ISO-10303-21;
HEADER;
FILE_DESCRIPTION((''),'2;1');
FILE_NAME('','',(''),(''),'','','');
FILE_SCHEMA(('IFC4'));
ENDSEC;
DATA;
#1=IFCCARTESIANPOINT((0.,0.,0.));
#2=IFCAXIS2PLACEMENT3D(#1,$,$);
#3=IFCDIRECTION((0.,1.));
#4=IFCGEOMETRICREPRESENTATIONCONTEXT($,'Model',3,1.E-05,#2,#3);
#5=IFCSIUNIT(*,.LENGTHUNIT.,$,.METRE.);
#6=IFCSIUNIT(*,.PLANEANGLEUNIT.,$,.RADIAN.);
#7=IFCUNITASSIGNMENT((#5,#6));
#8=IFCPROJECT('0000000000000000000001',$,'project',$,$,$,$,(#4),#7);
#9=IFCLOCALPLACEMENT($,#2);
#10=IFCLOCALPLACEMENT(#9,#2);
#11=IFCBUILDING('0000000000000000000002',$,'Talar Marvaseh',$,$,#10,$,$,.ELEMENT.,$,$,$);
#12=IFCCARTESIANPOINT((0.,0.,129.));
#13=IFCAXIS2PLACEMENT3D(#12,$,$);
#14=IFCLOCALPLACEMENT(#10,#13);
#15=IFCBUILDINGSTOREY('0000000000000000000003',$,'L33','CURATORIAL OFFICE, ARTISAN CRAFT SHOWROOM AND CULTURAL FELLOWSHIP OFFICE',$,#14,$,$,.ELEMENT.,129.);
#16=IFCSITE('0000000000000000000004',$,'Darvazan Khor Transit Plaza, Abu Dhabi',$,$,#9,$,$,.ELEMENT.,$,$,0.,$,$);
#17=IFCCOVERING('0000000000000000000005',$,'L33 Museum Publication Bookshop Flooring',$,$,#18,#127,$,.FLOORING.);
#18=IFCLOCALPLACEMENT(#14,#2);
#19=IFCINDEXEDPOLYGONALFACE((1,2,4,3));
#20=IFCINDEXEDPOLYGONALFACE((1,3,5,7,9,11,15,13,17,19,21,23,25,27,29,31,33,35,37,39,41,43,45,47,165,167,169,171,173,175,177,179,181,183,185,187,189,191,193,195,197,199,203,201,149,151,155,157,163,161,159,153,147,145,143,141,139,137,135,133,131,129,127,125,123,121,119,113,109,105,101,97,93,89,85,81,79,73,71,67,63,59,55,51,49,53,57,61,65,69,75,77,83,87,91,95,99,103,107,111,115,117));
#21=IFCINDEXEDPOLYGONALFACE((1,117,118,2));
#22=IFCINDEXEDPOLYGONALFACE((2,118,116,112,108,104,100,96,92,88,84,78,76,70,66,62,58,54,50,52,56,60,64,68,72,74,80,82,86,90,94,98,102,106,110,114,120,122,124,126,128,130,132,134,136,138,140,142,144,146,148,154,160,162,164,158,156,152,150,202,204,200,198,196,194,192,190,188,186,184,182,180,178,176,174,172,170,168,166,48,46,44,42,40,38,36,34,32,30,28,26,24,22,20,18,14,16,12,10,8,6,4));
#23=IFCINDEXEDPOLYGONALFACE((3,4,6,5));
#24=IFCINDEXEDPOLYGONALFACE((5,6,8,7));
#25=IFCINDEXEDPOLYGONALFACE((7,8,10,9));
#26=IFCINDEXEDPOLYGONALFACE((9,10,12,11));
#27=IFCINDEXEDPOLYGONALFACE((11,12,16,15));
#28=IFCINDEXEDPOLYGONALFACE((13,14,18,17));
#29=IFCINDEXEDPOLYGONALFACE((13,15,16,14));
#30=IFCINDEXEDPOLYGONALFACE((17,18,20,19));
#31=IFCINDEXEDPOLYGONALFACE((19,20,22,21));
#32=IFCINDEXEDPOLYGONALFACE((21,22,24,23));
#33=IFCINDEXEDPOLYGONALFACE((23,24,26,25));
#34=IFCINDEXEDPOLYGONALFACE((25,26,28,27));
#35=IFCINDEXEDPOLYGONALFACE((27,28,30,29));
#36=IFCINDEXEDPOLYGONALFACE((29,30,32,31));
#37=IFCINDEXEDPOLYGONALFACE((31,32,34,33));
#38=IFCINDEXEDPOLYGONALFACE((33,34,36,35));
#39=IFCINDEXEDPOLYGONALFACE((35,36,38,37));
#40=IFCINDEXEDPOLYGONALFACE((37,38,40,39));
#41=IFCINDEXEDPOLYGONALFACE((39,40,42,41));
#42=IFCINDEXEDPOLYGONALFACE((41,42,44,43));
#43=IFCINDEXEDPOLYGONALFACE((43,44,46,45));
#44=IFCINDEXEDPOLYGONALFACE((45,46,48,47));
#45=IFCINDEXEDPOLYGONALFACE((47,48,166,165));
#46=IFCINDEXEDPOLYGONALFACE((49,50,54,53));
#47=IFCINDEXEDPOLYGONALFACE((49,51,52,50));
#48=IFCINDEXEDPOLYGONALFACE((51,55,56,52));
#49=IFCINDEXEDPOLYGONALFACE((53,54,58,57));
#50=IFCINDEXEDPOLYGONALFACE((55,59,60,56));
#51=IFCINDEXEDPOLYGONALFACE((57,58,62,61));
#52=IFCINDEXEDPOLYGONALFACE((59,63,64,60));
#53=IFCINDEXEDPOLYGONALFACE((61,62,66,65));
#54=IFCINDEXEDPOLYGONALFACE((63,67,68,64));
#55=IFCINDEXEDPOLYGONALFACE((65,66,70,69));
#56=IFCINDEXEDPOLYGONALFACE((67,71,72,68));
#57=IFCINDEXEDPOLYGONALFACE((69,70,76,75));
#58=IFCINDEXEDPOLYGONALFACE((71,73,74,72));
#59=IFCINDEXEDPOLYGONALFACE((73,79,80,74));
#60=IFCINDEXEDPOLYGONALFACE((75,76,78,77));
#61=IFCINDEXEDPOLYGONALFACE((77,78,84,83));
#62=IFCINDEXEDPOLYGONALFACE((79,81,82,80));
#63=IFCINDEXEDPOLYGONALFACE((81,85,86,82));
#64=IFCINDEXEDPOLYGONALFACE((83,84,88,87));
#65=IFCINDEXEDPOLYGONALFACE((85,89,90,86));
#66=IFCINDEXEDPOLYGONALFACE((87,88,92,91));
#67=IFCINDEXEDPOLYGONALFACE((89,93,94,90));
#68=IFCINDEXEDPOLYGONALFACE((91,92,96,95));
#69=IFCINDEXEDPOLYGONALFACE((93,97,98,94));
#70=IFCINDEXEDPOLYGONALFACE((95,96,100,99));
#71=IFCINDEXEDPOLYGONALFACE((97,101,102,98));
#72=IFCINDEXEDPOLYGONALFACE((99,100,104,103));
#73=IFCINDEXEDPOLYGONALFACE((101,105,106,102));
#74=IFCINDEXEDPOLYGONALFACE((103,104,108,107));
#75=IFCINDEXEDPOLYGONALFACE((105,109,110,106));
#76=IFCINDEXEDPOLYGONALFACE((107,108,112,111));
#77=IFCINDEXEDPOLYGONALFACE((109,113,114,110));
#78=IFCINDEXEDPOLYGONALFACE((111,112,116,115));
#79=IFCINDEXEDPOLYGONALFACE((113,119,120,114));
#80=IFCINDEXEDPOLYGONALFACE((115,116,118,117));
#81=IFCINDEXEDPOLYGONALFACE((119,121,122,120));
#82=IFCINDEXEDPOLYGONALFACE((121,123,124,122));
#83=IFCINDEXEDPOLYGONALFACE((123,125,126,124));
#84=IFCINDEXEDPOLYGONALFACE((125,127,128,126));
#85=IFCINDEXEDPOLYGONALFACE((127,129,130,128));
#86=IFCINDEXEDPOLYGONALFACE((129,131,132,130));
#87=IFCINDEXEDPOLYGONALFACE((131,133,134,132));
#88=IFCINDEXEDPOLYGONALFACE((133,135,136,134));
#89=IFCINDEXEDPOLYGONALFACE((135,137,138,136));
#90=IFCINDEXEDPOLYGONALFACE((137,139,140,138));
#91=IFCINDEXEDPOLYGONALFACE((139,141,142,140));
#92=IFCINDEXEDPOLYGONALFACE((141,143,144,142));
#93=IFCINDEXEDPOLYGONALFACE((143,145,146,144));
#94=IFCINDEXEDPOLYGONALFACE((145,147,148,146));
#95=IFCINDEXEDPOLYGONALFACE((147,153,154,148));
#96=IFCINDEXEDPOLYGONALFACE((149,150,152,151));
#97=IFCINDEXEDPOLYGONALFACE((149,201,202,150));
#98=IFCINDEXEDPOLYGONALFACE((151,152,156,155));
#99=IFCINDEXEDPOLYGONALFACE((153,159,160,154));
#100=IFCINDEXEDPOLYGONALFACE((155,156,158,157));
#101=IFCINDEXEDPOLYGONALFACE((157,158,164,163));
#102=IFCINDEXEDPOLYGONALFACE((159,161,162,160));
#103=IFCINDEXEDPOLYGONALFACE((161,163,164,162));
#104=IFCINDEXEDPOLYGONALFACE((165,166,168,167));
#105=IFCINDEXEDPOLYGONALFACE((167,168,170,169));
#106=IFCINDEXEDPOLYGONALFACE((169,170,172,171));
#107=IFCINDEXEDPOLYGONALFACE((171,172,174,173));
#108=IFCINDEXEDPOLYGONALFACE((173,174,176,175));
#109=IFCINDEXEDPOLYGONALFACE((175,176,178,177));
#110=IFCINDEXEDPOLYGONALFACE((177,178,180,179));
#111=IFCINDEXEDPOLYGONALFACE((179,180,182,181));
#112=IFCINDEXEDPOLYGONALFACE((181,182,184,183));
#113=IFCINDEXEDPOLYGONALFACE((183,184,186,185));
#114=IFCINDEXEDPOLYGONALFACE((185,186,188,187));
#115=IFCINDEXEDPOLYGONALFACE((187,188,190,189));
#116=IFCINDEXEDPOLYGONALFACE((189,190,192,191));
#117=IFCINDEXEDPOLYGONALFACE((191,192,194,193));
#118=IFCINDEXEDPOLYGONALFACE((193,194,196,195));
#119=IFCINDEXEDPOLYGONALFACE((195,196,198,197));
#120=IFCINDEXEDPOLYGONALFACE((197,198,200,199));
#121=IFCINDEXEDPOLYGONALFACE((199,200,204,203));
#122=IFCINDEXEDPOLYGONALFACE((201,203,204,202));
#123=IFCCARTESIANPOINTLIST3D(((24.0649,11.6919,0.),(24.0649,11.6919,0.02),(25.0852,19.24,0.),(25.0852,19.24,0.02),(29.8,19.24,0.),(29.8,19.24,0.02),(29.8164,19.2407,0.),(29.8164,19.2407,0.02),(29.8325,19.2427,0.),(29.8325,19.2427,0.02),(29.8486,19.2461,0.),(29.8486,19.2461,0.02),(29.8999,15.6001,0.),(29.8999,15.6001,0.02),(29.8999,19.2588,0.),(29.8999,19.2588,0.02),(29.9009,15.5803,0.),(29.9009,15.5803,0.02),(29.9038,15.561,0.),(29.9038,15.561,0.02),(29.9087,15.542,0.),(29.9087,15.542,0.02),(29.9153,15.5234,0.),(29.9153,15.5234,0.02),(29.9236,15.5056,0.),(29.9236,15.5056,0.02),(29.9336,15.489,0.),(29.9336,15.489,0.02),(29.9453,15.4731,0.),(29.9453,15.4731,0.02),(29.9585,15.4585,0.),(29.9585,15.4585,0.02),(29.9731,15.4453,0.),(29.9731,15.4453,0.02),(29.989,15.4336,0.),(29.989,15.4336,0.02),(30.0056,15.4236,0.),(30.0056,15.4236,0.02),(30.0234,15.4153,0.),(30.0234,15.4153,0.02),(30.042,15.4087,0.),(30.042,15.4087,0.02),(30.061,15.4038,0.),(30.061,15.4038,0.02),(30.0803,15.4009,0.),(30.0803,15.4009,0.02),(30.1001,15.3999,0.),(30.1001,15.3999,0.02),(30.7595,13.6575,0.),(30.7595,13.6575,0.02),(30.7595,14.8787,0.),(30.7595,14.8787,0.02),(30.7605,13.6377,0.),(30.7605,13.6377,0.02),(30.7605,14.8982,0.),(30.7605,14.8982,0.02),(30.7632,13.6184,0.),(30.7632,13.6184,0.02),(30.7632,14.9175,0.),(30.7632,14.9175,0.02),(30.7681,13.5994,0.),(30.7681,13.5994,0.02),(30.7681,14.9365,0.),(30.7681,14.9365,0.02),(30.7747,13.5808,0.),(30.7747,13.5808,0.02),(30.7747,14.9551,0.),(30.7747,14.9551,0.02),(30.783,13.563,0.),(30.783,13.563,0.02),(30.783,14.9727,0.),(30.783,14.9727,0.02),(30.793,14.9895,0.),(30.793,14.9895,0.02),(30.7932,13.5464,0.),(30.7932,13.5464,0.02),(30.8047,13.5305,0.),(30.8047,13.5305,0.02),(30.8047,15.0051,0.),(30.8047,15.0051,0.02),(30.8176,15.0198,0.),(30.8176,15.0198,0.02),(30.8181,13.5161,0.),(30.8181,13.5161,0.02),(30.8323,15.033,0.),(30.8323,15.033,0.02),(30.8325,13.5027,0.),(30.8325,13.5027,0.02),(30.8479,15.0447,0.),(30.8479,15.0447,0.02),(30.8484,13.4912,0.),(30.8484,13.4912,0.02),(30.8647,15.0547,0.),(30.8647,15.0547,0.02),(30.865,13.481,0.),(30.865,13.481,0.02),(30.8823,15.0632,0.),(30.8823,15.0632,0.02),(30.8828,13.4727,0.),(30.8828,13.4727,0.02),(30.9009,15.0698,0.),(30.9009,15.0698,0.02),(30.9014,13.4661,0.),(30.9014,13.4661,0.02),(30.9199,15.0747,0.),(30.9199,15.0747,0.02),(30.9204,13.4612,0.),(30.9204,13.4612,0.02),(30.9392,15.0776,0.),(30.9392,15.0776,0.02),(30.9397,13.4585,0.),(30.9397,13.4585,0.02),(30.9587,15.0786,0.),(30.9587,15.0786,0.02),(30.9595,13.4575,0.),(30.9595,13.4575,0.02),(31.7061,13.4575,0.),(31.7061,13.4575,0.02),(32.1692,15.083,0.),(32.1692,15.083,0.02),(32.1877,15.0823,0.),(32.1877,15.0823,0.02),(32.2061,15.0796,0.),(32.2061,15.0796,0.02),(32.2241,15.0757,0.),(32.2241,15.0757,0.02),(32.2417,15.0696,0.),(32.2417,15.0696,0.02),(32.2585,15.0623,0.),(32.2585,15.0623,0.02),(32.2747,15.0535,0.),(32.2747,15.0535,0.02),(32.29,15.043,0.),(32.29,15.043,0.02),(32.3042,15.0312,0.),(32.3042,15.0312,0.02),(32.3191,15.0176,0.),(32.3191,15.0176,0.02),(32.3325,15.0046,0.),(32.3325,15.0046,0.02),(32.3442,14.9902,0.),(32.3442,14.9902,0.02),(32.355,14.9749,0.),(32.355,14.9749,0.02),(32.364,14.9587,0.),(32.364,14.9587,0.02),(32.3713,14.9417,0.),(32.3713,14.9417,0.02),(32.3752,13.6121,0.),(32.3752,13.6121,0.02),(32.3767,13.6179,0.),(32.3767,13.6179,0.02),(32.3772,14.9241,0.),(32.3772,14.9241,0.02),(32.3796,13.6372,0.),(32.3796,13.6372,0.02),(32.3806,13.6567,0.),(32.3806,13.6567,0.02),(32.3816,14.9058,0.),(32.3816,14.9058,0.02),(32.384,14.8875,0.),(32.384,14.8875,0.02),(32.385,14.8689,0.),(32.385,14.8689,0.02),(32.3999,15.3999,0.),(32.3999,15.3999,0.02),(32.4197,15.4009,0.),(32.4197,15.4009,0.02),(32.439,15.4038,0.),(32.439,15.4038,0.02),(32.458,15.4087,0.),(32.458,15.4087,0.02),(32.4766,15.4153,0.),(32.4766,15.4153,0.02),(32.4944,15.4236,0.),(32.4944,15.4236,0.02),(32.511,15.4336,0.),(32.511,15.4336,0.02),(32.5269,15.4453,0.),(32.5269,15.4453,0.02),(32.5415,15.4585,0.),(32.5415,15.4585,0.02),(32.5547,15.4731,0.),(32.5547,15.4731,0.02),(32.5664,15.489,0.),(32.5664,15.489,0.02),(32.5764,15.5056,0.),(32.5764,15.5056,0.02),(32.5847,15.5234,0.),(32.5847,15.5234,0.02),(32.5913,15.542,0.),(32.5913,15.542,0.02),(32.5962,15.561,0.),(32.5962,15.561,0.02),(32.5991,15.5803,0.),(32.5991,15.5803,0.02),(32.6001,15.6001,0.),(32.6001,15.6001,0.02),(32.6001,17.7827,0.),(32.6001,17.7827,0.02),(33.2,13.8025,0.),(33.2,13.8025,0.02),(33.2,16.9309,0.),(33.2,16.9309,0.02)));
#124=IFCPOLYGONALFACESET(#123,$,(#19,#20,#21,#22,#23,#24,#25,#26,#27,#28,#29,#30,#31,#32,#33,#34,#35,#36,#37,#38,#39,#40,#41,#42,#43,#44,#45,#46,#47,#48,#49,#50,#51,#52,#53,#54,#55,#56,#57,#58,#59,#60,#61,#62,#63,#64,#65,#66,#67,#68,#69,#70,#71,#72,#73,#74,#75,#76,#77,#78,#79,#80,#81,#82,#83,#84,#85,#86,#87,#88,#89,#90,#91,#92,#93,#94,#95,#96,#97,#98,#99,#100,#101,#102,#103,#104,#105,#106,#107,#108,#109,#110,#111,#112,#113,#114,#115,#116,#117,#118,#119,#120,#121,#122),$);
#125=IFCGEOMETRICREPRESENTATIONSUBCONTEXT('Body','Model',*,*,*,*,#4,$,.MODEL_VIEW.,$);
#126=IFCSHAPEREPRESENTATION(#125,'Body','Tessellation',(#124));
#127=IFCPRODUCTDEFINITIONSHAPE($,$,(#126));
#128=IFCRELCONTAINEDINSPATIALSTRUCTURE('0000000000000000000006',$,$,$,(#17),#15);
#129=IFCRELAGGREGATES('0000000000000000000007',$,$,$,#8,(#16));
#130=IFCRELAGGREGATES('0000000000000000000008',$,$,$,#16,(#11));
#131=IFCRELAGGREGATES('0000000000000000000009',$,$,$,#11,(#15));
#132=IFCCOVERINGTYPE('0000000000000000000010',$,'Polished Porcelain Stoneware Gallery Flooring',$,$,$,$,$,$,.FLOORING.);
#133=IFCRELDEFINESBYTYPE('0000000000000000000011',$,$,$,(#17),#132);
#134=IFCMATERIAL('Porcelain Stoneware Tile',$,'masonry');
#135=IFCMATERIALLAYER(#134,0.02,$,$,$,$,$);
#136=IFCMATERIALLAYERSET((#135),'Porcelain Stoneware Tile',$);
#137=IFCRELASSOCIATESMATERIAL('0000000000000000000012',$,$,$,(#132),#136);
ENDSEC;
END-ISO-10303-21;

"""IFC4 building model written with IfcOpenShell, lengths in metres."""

from ifc_helpers import new_model, si_unit, direction, frame, origin, place, context, subcontext, project, spatial, polyline, outline, extrude, material, layer, layer_set, type_object, element, save


model = new_model("IFC4")

# Units and contexts
model_context = context("Model", 3, precision=1e-05, world=origin(), true_north=direction((0.0, 1.0)))
body_context = subcontext(model_context, "Body", "Model", "MODEL_VIEW")
ifc_project = project(units=[si_unit("LENGTHUNIT", "METRE"), si_unit("PLANEANGLEUNIT", "RADIAN")], contexts=[model_context])

# Site, building, storey
site_placement = place(None, origin())
site = spatial("IfcSite", under=ifc_project, at=site_placement, Name="Darvazan Khor Transit Plaza, Abu Dhabi", CompositionType="ELEMENT", RefElevation=0.0)
building_placement = place(site_placement, origin())
building = spatial("IfcBuilding", under=site, at=building_placement, Name="Talar Marvaseh", CompositionType="ELEMENT")
storey_placement = place(building_placement, frame((0.0, 0.0, 129.0)))
storey = spatial("IfcBuildingStorey", under=building, at=storey_placement, Name="L33", Description="CURATORIAL OFFICE, ARTISAN CRAFT SHOWROOM AND CULTURAL FELLOWSHIP OFFICE", CompositionType="ELEMENT", Elevation=129.0)

# Covering
ifc_material_1 = material(Name="Porcelain Stoneware Tile", Category="masonry")
ifc_layer_1 = layer(ifc_material_1, 0.02)
ifc_layer_set_1 = layer_set([ifc_layer_1], Name="Porcelain Stoneware Tile")
covering_type_1 = type_object("IfcCoveringType", Name="Polished Porcelain Stoneware Gallery Flooring", PredefinedType="FLOORING", material=ifc_layer_set_1)
covering_1_placement = place(storey_placement, origin())
element("IfcCovering", 1, at=covering_1_placement, inside=storey, type_object=covering_type_1, Name="L33 Museum Publication Bookshop Flooring", PredefinedType="FLOORING", context=body_context, shape_type="SweptSolid", body=[
    extrude(outline(polyline([(29.8, 19.24), (29.8164, 19.2407), (29.8325, 19.2427), (29.8486, 19.2461), (29.8999, 19.2588), (29.8999, 15.6001), (29.9009, 15.5803), (29.9038, 15.561), (29.9087, 15.542), (29.9153, 15.5234), (29.9236, 15.5056), (29.9336, 15.489), (29.9453, 15.4731), (29.9585, 15.4585), (29.9731, 15.4453), (29.989, 15.4336), (30.0056, 15.4236), (30.0234, 15.4153), (30.042, 15.4087), (30.061, 15.4038), (30.0803, 15.4009), (30.1001, 15.3999), (32.3999, 15.3999), (32.4197, 15.4009), (32.439, 15.4038), (32.458, 15.4087), (32.4766, 15.4153), (32.4944, 15.4236), (32.511, 15.4336), (32.5269, 15.4453), (32.5415, 15.4585), (32.5547, 15.4731), (32.5664, 15.489), (32.5764, 15.5056), (32.5847, 15.5234), (32.5913, 15.542), (32.5962, 15.561), (32.5991, 15.5803), (32.6001, 15.6001), (32.6001, 17.7827), (33.2, 16.9309), (33.2, 13.8025), (32.3752, 13.6121), (32.3767, 13.6179), (32.3796, 13.6372), (32.3806, 13.6567), (32.385, 14.8689), (32.384, 14.8875), (32.3816, 14.9058), (32.3772, 14.9241), (32.3713, 14.9417), (32.364, 14.9587), (32.355, 14.9749), (32.3442, 14.9902), (32.3325, 15.0046), (32.3191, 15.0176), (32.3042, 15.0312), (32.29, 15.043), (32.2747, 15.0535), (32.2585, 15.0623), (32.2417, 15.0696), (32.2241, 15.0757), (32.2061, 15.0796), (32.1877, 15.0823), (32.1692, 15.083), (30.9587, 15.0786), (30.9392, 15.0776), (30.9199, 15.0747), (30.9009, 15.0698), (30.8823, 15.0632), (30.8647, 15.0547), (30.8479, 15.0447), (30.8323, 15.033), (30.8176, 15.0198), (30.8047, 15.0051), (30.793, 14.9895), (30.783, 14.9727), (30.7747, 14.9551), (30.7681, 14.9365), (30.7632, 14.9175), (30.7605, 14.8982), (30.7595, 14.8787), (30.7595, 13.6575), (30.7605, 13.6377), (30.7632, 13.6184), (30.7681, 13.5994), (30.7747, 13.5808), (30.783, 13.563), (30.7932, 13.5464), (30.8047, 13.5305), (30.8181, 13.5161), (30.8325, 13.5027), (30.8484, 13.4912), (30.865, 13.481), (30.8828, 13.4727), (30.9014, 13.4661), (30.9204, 13.4612), (30.9397, 13.4585), (30.9595, 13.4575), (31.7061, 13.4575), (24.0649, 11.6919), (25.0852, 19.24), (29.8, 19.24)])), origin(), (0.0, 0.0, 1.0), 0.02),
])

save(model, "model.ifc")
